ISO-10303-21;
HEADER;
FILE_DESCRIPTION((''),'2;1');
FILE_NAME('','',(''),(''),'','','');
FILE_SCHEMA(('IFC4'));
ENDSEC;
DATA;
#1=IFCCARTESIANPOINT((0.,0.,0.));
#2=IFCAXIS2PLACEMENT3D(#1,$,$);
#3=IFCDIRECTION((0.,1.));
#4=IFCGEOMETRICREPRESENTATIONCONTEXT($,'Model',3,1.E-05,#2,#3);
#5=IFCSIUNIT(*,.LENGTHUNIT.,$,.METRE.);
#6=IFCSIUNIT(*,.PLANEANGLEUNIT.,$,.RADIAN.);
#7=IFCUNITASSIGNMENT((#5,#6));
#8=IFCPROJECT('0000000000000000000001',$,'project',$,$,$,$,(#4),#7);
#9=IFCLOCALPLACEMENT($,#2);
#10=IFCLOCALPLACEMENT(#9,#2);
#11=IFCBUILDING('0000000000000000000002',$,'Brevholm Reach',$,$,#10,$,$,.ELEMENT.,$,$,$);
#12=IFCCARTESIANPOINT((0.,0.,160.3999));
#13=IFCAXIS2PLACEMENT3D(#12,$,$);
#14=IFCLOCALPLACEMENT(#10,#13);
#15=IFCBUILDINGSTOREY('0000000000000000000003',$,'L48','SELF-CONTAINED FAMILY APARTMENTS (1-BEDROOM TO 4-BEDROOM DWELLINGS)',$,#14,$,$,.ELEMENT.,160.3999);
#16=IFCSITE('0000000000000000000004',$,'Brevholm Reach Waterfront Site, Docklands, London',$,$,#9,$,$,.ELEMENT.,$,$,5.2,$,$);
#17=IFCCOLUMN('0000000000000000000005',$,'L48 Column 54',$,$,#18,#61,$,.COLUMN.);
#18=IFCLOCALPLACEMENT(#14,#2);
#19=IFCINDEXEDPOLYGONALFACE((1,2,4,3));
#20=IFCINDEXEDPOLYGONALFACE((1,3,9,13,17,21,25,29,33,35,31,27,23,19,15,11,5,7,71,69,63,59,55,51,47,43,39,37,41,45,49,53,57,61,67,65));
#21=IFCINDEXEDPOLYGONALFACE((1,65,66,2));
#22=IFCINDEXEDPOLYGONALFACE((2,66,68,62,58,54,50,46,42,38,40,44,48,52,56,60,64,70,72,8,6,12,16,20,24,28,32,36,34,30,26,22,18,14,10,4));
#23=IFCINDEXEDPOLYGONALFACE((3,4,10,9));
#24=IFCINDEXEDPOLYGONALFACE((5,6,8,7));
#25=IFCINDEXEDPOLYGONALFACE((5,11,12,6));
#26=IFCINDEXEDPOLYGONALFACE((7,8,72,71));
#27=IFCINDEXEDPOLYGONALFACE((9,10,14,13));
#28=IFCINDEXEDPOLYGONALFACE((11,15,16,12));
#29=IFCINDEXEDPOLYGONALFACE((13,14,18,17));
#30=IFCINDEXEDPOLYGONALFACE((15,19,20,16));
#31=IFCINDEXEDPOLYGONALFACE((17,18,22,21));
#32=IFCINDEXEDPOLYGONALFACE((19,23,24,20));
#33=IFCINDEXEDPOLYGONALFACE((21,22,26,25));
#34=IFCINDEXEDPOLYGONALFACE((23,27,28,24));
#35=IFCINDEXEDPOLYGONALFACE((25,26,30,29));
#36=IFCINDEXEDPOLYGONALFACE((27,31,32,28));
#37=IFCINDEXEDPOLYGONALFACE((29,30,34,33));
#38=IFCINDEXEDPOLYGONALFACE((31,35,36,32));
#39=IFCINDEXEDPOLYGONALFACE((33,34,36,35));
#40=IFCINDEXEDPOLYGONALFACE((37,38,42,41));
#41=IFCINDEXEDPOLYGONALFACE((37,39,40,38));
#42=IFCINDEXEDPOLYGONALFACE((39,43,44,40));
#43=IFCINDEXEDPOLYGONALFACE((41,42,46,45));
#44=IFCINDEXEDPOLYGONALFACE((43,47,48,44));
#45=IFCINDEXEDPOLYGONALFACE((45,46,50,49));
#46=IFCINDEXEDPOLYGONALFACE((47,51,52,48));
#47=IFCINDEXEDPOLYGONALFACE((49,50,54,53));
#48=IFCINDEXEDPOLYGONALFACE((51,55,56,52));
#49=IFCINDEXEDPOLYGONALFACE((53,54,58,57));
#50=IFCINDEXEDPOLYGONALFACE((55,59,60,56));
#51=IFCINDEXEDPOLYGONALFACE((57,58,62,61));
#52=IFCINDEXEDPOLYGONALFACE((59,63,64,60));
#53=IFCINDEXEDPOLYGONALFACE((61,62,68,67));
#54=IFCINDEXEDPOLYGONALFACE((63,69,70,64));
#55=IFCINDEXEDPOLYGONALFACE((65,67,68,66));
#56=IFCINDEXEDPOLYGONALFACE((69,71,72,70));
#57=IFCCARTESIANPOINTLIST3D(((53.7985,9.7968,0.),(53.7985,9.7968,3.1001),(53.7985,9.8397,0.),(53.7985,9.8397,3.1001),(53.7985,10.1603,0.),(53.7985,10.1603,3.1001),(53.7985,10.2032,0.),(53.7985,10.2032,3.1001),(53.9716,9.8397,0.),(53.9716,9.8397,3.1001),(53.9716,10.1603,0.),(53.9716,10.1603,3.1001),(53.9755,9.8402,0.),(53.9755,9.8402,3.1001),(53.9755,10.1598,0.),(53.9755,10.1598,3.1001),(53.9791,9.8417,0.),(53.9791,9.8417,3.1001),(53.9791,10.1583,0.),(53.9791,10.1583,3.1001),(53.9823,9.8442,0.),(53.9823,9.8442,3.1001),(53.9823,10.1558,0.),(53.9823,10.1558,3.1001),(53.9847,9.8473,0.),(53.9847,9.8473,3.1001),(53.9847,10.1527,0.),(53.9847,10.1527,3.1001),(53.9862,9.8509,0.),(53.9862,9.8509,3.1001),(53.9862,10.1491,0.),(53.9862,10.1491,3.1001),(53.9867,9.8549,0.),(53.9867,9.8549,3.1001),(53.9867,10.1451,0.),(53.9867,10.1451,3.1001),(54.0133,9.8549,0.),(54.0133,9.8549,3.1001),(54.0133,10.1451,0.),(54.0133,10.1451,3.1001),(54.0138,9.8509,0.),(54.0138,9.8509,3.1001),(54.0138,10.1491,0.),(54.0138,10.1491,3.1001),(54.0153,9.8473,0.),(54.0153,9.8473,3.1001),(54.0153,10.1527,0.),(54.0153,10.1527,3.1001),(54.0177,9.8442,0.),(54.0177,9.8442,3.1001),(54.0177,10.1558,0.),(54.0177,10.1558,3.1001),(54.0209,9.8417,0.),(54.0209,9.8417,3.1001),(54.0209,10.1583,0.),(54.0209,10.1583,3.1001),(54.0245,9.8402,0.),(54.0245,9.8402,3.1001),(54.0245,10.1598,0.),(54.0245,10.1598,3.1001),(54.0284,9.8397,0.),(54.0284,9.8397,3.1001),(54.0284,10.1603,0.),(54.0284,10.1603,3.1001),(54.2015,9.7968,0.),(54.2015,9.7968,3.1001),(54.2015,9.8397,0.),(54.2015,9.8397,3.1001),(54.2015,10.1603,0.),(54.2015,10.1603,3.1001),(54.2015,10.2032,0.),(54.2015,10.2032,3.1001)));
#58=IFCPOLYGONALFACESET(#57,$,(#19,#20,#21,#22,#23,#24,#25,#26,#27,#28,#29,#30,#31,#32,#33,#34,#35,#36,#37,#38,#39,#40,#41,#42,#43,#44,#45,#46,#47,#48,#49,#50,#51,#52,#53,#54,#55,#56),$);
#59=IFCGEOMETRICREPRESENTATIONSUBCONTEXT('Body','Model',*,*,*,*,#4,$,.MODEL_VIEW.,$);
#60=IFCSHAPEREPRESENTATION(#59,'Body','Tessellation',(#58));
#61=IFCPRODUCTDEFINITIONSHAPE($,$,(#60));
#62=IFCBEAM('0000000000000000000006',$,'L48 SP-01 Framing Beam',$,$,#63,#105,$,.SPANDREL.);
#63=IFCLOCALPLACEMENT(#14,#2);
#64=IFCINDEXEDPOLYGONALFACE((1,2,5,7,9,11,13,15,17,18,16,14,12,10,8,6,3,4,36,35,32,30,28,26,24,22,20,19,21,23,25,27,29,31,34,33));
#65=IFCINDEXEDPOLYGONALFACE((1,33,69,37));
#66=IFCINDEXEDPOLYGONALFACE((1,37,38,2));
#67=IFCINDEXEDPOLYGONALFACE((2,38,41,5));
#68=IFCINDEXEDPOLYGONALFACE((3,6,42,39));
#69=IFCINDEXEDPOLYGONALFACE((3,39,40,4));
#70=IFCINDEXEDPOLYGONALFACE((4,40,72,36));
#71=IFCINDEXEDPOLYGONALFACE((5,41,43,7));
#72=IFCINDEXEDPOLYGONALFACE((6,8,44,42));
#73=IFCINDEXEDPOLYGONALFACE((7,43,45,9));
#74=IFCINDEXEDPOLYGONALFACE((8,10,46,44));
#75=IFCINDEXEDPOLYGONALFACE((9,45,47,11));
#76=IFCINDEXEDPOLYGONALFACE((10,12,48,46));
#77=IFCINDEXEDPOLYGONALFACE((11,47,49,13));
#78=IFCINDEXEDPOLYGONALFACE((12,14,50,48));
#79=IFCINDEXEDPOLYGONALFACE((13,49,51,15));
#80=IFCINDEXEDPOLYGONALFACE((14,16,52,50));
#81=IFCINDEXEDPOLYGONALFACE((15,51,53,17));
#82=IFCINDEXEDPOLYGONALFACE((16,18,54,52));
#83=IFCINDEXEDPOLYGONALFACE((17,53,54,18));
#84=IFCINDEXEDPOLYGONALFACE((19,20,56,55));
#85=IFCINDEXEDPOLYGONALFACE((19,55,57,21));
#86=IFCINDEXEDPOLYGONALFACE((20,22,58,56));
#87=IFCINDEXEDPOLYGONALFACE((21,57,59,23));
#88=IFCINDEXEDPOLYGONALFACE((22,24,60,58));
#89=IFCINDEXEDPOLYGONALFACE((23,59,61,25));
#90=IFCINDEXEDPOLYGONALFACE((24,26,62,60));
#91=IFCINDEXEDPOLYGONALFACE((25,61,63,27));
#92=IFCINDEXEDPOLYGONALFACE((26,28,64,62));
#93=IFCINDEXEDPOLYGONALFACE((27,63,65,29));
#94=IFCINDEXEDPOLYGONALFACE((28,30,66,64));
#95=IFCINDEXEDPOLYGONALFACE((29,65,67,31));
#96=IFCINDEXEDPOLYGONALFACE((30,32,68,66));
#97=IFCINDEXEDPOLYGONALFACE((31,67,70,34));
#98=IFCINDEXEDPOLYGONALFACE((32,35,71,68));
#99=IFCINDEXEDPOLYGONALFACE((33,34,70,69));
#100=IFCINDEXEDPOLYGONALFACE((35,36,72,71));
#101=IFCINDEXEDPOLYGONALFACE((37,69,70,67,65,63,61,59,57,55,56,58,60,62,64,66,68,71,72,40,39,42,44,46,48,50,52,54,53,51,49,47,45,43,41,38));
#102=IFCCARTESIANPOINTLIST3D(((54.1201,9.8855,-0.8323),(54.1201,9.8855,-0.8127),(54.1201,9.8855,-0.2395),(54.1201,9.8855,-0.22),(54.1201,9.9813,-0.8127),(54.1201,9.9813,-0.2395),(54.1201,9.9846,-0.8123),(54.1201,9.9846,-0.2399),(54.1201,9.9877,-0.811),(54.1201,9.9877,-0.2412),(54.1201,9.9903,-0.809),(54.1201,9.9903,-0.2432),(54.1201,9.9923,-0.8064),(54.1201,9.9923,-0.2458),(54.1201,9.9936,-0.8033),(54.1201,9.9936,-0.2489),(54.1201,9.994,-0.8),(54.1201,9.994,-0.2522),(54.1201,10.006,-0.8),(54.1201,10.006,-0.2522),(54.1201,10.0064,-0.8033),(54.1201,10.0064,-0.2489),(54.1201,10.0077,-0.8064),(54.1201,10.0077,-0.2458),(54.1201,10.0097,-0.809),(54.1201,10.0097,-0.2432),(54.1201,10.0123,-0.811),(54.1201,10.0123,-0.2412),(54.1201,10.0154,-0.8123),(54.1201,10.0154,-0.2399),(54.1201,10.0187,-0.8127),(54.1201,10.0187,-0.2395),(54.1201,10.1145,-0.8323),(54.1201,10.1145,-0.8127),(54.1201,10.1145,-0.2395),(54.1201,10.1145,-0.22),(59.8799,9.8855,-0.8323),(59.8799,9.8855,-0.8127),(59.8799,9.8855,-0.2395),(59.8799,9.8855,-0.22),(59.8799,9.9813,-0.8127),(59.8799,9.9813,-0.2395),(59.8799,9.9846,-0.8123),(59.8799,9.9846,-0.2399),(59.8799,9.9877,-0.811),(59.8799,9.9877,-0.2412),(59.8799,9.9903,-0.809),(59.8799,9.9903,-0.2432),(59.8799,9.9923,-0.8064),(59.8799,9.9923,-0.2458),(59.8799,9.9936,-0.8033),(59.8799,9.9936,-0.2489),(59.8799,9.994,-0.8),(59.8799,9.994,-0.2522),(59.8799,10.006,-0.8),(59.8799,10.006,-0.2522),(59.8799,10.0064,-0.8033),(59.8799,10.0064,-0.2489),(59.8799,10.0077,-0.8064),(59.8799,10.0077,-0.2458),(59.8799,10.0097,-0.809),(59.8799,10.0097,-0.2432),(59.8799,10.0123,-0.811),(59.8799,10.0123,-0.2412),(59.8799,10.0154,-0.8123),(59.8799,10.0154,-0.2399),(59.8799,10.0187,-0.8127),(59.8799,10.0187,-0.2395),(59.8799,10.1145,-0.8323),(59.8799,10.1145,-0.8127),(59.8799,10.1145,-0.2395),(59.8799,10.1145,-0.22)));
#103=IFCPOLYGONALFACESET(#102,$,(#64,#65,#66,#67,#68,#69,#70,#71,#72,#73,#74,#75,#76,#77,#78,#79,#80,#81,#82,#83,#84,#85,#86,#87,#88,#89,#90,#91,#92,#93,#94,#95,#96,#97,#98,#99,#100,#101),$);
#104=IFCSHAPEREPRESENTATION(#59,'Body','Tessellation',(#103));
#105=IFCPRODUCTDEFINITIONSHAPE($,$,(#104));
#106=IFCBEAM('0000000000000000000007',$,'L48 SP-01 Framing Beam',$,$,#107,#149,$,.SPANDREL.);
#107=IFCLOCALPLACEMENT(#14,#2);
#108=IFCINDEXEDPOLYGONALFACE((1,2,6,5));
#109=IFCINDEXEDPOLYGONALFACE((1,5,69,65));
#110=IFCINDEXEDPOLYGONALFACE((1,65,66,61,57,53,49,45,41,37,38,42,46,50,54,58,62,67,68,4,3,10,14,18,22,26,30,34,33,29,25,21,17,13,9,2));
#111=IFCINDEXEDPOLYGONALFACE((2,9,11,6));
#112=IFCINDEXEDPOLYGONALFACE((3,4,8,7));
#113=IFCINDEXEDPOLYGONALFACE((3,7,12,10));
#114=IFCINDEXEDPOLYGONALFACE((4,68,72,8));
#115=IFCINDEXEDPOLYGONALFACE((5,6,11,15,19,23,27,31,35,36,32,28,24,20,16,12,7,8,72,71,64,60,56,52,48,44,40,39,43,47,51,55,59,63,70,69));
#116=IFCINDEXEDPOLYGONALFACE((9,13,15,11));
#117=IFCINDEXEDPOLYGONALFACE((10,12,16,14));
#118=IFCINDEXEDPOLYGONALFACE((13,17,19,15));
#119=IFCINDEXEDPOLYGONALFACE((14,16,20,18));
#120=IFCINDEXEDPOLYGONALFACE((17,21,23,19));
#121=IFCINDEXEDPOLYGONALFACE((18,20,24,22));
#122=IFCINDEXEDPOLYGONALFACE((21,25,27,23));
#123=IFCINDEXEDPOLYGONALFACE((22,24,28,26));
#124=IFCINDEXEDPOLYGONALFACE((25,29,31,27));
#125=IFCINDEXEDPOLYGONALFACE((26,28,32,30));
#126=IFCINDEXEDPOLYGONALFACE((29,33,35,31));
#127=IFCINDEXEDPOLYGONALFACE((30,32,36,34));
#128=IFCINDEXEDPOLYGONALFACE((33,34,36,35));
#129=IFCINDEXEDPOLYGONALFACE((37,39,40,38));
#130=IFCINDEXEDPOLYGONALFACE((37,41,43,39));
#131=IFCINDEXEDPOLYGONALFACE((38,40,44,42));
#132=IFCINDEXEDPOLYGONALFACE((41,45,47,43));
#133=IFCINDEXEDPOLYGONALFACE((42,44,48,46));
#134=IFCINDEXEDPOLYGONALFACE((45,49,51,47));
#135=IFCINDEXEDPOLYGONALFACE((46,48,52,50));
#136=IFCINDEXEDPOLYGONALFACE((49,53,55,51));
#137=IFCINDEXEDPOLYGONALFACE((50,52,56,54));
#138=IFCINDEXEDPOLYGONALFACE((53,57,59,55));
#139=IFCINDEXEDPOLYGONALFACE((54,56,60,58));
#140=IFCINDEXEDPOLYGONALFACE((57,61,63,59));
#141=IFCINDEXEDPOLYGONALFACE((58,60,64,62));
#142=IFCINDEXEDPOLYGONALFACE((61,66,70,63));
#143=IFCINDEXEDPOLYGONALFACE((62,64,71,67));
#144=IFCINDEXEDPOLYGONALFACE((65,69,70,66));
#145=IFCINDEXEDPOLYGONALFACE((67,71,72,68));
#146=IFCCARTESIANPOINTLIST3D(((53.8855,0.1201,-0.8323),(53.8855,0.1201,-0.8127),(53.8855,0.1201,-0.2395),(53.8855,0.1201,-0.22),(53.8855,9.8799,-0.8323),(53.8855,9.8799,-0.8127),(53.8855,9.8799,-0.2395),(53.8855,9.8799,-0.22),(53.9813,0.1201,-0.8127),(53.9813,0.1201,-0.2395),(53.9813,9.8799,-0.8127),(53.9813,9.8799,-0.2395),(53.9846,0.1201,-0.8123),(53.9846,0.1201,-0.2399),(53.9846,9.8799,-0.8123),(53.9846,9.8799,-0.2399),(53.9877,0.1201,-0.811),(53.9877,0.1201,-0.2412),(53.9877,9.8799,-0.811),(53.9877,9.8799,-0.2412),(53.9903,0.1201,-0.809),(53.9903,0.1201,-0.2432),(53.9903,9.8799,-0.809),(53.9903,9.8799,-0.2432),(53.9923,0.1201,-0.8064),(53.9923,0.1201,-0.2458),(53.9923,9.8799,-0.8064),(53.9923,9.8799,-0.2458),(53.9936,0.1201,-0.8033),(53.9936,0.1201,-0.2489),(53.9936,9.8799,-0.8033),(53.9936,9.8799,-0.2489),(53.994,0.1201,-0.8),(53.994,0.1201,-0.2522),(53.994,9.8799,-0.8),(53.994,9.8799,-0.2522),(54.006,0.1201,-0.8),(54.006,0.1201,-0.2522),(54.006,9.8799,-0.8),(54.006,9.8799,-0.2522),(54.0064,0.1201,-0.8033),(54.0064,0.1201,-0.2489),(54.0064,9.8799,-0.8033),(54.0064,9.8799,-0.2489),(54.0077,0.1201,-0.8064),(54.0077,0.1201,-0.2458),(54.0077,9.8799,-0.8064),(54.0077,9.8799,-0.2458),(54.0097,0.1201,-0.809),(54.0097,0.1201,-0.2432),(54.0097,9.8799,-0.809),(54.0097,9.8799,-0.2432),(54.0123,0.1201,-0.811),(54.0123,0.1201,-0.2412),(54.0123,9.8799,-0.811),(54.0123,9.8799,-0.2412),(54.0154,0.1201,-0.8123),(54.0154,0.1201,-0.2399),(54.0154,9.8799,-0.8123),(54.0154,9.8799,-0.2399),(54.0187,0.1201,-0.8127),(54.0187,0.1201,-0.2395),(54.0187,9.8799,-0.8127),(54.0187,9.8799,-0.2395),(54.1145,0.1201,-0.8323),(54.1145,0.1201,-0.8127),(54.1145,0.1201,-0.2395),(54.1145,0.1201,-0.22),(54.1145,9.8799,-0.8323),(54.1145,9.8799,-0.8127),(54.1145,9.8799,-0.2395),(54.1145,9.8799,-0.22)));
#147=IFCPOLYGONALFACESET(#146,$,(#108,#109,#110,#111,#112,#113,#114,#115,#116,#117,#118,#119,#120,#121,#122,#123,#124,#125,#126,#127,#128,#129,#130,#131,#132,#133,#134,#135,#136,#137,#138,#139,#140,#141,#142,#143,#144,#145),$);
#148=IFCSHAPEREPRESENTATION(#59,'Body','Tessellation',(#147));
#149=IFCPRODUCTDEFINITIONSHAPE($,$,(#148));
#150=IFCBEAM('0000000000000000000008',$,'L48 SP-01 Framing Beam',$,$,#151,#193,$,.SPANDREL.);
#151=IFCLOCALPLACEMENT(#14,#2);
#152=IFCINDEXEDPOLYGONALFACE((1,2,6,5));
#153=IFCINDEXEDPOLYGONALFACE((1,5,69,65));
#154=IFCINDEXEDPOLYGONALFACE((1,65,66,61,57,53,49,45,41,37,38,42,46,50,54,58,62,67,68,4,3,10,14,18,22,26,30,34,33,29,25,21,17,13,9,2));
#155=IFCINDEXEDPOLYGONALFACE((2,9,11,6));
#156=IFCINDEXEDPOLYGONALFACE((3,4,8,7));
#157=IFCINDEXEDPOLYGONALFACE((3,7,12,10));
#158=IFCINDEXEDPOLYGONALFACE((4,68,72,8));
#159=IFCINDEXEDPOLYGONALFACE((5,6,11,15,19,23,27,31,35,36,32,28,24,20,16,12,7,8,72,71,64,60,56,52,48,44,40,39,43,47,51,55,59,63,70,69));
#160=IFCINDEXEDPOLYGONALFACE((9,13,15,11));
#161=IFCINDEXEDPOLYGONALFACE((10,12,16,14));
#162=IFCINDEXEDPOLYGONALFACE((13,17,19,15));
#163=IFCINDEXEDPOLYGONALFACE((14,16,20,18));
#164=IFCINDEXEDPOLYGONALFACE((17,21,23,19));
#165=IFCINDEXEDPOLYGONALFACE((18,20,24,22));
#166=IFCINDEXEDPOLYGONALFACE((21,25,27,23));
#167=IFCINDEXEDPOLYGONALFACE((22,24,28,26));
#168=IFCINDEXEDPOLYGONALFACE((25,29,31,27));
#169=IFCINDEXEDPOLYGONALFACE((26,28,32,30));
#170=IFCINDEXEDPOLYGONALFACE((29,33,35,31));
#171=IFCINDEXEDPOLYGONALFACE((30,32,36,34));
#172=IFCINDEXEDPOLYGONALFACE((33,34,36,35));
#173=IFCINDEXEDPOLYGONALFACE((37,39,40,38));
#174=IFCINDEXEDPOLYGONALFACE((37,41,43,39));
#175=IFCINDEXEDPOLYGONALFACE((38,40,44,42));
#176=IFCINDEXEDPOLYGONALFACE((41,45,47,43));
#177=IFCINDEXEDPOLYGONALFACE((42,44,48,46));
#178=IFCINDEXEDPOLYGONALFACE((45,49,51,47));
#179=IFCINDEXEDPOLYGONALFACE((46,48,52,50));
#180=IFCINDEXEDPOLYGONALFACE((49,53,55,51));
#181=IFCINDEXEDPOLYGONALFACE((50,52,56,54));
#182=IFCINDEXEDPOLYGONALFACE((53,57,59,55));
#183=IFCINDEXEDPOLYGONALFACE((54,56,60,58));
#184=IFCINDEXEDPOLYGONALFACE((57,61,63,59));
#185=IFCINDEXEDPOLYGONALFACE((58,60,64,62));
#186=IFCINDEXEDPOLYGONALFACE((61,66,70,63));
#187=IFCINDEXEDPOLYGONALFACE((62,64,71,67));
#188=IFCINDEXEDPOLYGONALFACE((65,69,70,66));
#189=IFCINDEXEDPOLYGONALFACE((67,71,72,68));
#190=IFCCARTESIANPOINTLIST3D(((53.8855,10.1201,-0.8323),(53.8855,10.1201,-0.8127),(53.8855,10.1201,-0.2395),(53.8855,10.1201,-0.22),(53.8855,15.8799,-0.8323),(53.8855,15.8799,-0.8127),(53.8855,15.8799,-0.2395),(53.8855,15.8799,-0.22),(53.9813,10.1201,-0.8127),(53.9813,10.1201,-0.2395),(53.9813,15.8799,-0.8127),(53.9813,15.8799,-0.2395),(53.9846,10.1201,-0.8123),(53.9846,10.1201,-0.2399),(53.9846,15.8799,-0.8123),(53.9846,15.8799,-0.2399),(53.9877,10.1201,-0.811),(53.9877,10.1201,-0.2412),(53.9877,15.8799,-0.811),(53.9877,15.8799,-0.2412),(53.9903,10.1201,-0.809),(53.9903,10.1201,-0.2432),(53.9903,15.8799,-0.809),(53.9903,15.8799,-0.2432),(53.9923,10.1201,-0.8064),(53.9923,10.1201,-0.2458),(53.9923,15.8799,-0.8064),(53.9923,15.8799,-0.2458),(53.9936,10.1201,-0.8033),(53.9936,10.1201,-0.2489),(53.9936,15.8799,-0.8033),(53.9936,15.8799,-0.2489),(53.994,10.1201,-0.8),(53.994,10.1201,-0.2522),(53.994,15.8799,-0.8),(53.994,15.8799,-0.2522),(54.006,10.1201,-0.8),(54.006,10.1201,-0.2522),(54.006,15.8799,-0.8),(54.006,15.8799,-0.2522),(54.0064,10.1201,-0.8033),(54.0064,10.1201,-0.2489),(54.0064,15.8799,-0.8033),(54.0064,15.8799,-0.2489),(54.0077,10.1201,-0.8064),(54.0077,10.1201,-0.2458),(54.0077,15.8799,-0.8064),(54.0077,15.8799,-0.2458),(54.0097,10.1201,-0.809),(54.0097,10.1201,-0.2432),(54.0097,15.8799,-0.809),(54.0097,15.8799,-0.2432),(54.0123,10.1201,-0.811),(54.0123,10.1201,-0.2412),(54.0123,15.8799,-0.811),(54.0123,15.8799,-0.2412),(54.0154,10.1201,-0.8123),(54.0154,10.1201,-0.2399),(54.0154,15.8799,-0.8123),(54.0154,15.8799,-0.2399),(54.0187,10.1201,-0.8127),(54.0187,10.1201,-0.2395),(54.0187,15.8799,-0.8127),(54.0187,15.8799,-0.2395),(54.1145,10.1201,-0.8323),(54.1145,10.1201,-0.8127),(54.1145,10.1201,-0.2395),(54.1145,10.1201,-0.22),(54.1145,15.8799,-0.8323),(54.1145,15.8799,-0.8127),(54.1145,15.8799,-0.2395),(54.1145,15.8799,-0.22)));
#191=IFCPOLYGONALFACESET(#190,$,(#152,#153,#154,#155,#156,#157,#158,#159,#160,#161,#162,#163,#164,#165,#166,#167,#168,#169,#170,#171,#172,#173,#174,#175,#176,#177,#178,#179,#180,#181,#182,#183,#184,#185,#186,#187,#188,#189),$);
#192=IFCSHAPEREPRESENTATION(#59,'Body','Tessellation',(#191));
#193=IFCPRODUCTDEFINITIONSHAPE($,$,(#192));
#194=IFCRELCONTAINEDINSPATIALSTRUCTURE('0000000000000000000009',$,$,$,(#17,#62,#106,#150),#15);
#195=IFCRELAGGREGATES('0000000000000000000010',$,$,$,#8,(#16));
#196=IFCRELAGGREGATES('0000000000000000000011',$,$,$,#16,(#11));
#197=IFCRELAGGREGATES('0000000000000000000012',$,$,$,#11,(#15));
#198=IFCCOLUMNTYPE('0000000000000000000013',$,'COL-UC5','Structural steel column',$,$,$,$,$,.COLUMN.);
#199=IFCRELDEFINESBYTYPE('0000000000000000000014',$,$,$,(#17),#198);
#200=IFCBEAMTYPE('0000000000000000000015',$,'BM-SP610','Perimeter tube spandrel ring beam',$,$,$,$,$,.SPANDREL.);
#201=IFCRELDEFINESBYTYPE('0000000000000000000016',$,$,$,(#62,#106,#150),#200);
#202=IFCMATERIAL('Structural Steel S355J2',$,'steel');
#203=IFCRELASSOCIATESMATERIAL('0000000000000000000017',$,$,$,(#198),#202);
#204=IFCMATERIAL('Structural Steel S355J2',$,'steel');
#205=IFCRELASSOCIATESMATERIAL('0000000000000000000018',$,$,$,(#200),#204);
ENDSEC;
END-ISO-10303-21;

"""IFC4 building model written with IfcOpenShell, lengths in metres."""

from ifc_helpers import new_model, si_unit, direction, frame, origin, origin_2d, place, context, subcontext, project, spatial, i_section, extrude, material, material_profile, profile_set, type_object, element, save


model = new_model("IFC4")

# Units and contexts
model_context = context("Model", 3, precision=1e-05, world=origin(), true_north=direction((0.0, 1.0)))
body_context = subcontext(model_context, "Body", "Model", "MODEL_VIEW")
ifc_project = project(units=[si_unit("LENGTHUNIT", "METRE"), si_unit("PLANEANGLEUNIT", "RADIAN")], contexts=[model_context])

# Site, building, storey
site_placement = place(None, origin())
site = spatial("IfcSite", under=ifc_project, at=site_placement, Name="Brevholm Reach Waterfront Site, Docklands, London", CompositionType="ELEMENT", RefElevation=5.2)
building_placement = place(site_placement, origin())
building = spatial("IfcBuilding", under=site, at=building_placement, Name="Brevholm Reach", CompositionType="ELEMENT")
storey_placement = place(building_placement, frame((0.0, 0.0, 160.3999)))
storey = spatial("IfcBuildingStorey", under=building, at=storey_placement, Name="L48", Description="SELF-CONTAINED FAMILY APARTMENTS (1-BEDROOM TO 4-BEDROOM DWELLINGS)", CompositionType="ELEMENT", Elevation=160.3999)

# Column
ifc_material_1 = material(Name="Structural Steel S355J2", Category="steel")
ifc_material_profile_1 = material_profile(ifc_material_1, i_section(OverallWidth=0.4031, OverallDepth=0.4065, WebThickness=0.0266, FlangeThickness=0.043, FilletRadius=0.0151, at=origin_2d()), Name="UKC 356x406x340")
ifc_profile_set_1 = profile_set([ifc_material_profile_1], Name="Structural Steel S355J2")
column_type_1 = type_object("IfcColumnType", Name="COL-UC5", Description="Structural steel column", PredefinedType="COLUMN", material=ifc_profile_set_1)
column_1_placement = place(storey_placement, frame((54.0, 10.0, 0.0), z_axis=(0.0, 0.0, 1.0), x_axis=(1.0, 0.0, 0.0)))
element("IfcColumn", 1, at=column_1_placement, inside=storey, type_object=column_type_1, Name="L48 Column 54", PredefinedType="COLUMN", context=body_context, shape_type="SweptSolid", body=[
    extrude(i_section(OverallWidth=0.4031, OverallDepth=0.4065, WebThickness=0.0266, FlangeThickness=0.043, FilletRadius=0.0151, at=origin_2d()), origin(), (0.0, 0.0, 1.0), 3.1001),
])

# Beams
ifc_material_2 = material(Name="Structural Steel S355J2", Category="steel")
ifc_material_profile_2 = material_profile(ifc_material_2, i_section(OverallWidth=0.229, OverallDepth=0.6123, WebThickness=0.012, FlangeThickness=0.0195, FilletRadius=0.0127, at=origin_2d()), Name="UKB 610x229x125")
ifc_profile_set_2 = profile_set([ifc_material_profile_2], Name="Structural Steel S355J2")
beam_type = type_object("IfcBeamType", Name="BM-SP610", Description="Perimeter tube spandrel ring beam", PredefinedType="SPANDREL", material=ifc_profile_set_2)
beam_1_placement = place(storey_placement, frame((54.1201, 10.0, -0.5261), z_axis=(1.0, 0.0, 0.0), x_axis=(0.0, 1.0, 0.0)))
element("IfcBeam", 2, at=beam_1_placement, inside=storey, type_object=beam_type, Name="L48 SP-01 Framing Beam", PredefinedType="SPANDREL", context=body_context, shape_type="SweptSolid", body=[
    extrude(i_section(OverallWidth=0.229, OverallDepth=0.6123, WebThickness=0.012, FlangeThickness=0.0195, FilletRadius=0.0127, at=origin_2d()), origin(), (0.0, 0.0, 1.0), 5.7598),
])
beam_2_placement = place(storey_placement, frame((54.0, 0.1201, -0.5261), z_axis=(0.0, 1.0, 0.0), x_axis=(-1.0, 0.0, 0.0)))
element("IfcBeam", 3, at=beam_2_placement, inside=storey, type_object=beam_type, Name="L48 SP-01 Framing Beam", PredefinedType="SPANDREL", context=body_context, shape_type="SweptSolid", body=[
    extrude(i_section(OverallWidth=0.229, OverallDepth=0.6123, WebThickness=0.012, FlangeThickness=0.0195, FilletRadius=0.0127, at=origin_2d()), origin(), (0.0, 0.0, 1.0), 9.7598),
])
beam_3_placement = place(storey_placement, frame((54.0, 10.1201, -0.5261), z_axis=(0.0, 1.0, 0.0), x_axis=(-1.0, 0.0, 0.0)))
element("IfcBeam", 4, at=beam_3_placement, inside=storey, type_object=beam_type, Name="L48 SP-01 Framing Beam", PredefinedType="SPANDREL", context=body_context, shape_type="SweptSolid", body=[
    extrude(i_section(OverallWidth=0.229, OverallDepth=0.6123, WebThickness=0.012, FlangeThickness=0.0195, FilletRadius=0.0127, at=origin_2d()), origin(), (0.0, 0.0, 1.0), 5.7598),
])

save(model, "model.ifc")
